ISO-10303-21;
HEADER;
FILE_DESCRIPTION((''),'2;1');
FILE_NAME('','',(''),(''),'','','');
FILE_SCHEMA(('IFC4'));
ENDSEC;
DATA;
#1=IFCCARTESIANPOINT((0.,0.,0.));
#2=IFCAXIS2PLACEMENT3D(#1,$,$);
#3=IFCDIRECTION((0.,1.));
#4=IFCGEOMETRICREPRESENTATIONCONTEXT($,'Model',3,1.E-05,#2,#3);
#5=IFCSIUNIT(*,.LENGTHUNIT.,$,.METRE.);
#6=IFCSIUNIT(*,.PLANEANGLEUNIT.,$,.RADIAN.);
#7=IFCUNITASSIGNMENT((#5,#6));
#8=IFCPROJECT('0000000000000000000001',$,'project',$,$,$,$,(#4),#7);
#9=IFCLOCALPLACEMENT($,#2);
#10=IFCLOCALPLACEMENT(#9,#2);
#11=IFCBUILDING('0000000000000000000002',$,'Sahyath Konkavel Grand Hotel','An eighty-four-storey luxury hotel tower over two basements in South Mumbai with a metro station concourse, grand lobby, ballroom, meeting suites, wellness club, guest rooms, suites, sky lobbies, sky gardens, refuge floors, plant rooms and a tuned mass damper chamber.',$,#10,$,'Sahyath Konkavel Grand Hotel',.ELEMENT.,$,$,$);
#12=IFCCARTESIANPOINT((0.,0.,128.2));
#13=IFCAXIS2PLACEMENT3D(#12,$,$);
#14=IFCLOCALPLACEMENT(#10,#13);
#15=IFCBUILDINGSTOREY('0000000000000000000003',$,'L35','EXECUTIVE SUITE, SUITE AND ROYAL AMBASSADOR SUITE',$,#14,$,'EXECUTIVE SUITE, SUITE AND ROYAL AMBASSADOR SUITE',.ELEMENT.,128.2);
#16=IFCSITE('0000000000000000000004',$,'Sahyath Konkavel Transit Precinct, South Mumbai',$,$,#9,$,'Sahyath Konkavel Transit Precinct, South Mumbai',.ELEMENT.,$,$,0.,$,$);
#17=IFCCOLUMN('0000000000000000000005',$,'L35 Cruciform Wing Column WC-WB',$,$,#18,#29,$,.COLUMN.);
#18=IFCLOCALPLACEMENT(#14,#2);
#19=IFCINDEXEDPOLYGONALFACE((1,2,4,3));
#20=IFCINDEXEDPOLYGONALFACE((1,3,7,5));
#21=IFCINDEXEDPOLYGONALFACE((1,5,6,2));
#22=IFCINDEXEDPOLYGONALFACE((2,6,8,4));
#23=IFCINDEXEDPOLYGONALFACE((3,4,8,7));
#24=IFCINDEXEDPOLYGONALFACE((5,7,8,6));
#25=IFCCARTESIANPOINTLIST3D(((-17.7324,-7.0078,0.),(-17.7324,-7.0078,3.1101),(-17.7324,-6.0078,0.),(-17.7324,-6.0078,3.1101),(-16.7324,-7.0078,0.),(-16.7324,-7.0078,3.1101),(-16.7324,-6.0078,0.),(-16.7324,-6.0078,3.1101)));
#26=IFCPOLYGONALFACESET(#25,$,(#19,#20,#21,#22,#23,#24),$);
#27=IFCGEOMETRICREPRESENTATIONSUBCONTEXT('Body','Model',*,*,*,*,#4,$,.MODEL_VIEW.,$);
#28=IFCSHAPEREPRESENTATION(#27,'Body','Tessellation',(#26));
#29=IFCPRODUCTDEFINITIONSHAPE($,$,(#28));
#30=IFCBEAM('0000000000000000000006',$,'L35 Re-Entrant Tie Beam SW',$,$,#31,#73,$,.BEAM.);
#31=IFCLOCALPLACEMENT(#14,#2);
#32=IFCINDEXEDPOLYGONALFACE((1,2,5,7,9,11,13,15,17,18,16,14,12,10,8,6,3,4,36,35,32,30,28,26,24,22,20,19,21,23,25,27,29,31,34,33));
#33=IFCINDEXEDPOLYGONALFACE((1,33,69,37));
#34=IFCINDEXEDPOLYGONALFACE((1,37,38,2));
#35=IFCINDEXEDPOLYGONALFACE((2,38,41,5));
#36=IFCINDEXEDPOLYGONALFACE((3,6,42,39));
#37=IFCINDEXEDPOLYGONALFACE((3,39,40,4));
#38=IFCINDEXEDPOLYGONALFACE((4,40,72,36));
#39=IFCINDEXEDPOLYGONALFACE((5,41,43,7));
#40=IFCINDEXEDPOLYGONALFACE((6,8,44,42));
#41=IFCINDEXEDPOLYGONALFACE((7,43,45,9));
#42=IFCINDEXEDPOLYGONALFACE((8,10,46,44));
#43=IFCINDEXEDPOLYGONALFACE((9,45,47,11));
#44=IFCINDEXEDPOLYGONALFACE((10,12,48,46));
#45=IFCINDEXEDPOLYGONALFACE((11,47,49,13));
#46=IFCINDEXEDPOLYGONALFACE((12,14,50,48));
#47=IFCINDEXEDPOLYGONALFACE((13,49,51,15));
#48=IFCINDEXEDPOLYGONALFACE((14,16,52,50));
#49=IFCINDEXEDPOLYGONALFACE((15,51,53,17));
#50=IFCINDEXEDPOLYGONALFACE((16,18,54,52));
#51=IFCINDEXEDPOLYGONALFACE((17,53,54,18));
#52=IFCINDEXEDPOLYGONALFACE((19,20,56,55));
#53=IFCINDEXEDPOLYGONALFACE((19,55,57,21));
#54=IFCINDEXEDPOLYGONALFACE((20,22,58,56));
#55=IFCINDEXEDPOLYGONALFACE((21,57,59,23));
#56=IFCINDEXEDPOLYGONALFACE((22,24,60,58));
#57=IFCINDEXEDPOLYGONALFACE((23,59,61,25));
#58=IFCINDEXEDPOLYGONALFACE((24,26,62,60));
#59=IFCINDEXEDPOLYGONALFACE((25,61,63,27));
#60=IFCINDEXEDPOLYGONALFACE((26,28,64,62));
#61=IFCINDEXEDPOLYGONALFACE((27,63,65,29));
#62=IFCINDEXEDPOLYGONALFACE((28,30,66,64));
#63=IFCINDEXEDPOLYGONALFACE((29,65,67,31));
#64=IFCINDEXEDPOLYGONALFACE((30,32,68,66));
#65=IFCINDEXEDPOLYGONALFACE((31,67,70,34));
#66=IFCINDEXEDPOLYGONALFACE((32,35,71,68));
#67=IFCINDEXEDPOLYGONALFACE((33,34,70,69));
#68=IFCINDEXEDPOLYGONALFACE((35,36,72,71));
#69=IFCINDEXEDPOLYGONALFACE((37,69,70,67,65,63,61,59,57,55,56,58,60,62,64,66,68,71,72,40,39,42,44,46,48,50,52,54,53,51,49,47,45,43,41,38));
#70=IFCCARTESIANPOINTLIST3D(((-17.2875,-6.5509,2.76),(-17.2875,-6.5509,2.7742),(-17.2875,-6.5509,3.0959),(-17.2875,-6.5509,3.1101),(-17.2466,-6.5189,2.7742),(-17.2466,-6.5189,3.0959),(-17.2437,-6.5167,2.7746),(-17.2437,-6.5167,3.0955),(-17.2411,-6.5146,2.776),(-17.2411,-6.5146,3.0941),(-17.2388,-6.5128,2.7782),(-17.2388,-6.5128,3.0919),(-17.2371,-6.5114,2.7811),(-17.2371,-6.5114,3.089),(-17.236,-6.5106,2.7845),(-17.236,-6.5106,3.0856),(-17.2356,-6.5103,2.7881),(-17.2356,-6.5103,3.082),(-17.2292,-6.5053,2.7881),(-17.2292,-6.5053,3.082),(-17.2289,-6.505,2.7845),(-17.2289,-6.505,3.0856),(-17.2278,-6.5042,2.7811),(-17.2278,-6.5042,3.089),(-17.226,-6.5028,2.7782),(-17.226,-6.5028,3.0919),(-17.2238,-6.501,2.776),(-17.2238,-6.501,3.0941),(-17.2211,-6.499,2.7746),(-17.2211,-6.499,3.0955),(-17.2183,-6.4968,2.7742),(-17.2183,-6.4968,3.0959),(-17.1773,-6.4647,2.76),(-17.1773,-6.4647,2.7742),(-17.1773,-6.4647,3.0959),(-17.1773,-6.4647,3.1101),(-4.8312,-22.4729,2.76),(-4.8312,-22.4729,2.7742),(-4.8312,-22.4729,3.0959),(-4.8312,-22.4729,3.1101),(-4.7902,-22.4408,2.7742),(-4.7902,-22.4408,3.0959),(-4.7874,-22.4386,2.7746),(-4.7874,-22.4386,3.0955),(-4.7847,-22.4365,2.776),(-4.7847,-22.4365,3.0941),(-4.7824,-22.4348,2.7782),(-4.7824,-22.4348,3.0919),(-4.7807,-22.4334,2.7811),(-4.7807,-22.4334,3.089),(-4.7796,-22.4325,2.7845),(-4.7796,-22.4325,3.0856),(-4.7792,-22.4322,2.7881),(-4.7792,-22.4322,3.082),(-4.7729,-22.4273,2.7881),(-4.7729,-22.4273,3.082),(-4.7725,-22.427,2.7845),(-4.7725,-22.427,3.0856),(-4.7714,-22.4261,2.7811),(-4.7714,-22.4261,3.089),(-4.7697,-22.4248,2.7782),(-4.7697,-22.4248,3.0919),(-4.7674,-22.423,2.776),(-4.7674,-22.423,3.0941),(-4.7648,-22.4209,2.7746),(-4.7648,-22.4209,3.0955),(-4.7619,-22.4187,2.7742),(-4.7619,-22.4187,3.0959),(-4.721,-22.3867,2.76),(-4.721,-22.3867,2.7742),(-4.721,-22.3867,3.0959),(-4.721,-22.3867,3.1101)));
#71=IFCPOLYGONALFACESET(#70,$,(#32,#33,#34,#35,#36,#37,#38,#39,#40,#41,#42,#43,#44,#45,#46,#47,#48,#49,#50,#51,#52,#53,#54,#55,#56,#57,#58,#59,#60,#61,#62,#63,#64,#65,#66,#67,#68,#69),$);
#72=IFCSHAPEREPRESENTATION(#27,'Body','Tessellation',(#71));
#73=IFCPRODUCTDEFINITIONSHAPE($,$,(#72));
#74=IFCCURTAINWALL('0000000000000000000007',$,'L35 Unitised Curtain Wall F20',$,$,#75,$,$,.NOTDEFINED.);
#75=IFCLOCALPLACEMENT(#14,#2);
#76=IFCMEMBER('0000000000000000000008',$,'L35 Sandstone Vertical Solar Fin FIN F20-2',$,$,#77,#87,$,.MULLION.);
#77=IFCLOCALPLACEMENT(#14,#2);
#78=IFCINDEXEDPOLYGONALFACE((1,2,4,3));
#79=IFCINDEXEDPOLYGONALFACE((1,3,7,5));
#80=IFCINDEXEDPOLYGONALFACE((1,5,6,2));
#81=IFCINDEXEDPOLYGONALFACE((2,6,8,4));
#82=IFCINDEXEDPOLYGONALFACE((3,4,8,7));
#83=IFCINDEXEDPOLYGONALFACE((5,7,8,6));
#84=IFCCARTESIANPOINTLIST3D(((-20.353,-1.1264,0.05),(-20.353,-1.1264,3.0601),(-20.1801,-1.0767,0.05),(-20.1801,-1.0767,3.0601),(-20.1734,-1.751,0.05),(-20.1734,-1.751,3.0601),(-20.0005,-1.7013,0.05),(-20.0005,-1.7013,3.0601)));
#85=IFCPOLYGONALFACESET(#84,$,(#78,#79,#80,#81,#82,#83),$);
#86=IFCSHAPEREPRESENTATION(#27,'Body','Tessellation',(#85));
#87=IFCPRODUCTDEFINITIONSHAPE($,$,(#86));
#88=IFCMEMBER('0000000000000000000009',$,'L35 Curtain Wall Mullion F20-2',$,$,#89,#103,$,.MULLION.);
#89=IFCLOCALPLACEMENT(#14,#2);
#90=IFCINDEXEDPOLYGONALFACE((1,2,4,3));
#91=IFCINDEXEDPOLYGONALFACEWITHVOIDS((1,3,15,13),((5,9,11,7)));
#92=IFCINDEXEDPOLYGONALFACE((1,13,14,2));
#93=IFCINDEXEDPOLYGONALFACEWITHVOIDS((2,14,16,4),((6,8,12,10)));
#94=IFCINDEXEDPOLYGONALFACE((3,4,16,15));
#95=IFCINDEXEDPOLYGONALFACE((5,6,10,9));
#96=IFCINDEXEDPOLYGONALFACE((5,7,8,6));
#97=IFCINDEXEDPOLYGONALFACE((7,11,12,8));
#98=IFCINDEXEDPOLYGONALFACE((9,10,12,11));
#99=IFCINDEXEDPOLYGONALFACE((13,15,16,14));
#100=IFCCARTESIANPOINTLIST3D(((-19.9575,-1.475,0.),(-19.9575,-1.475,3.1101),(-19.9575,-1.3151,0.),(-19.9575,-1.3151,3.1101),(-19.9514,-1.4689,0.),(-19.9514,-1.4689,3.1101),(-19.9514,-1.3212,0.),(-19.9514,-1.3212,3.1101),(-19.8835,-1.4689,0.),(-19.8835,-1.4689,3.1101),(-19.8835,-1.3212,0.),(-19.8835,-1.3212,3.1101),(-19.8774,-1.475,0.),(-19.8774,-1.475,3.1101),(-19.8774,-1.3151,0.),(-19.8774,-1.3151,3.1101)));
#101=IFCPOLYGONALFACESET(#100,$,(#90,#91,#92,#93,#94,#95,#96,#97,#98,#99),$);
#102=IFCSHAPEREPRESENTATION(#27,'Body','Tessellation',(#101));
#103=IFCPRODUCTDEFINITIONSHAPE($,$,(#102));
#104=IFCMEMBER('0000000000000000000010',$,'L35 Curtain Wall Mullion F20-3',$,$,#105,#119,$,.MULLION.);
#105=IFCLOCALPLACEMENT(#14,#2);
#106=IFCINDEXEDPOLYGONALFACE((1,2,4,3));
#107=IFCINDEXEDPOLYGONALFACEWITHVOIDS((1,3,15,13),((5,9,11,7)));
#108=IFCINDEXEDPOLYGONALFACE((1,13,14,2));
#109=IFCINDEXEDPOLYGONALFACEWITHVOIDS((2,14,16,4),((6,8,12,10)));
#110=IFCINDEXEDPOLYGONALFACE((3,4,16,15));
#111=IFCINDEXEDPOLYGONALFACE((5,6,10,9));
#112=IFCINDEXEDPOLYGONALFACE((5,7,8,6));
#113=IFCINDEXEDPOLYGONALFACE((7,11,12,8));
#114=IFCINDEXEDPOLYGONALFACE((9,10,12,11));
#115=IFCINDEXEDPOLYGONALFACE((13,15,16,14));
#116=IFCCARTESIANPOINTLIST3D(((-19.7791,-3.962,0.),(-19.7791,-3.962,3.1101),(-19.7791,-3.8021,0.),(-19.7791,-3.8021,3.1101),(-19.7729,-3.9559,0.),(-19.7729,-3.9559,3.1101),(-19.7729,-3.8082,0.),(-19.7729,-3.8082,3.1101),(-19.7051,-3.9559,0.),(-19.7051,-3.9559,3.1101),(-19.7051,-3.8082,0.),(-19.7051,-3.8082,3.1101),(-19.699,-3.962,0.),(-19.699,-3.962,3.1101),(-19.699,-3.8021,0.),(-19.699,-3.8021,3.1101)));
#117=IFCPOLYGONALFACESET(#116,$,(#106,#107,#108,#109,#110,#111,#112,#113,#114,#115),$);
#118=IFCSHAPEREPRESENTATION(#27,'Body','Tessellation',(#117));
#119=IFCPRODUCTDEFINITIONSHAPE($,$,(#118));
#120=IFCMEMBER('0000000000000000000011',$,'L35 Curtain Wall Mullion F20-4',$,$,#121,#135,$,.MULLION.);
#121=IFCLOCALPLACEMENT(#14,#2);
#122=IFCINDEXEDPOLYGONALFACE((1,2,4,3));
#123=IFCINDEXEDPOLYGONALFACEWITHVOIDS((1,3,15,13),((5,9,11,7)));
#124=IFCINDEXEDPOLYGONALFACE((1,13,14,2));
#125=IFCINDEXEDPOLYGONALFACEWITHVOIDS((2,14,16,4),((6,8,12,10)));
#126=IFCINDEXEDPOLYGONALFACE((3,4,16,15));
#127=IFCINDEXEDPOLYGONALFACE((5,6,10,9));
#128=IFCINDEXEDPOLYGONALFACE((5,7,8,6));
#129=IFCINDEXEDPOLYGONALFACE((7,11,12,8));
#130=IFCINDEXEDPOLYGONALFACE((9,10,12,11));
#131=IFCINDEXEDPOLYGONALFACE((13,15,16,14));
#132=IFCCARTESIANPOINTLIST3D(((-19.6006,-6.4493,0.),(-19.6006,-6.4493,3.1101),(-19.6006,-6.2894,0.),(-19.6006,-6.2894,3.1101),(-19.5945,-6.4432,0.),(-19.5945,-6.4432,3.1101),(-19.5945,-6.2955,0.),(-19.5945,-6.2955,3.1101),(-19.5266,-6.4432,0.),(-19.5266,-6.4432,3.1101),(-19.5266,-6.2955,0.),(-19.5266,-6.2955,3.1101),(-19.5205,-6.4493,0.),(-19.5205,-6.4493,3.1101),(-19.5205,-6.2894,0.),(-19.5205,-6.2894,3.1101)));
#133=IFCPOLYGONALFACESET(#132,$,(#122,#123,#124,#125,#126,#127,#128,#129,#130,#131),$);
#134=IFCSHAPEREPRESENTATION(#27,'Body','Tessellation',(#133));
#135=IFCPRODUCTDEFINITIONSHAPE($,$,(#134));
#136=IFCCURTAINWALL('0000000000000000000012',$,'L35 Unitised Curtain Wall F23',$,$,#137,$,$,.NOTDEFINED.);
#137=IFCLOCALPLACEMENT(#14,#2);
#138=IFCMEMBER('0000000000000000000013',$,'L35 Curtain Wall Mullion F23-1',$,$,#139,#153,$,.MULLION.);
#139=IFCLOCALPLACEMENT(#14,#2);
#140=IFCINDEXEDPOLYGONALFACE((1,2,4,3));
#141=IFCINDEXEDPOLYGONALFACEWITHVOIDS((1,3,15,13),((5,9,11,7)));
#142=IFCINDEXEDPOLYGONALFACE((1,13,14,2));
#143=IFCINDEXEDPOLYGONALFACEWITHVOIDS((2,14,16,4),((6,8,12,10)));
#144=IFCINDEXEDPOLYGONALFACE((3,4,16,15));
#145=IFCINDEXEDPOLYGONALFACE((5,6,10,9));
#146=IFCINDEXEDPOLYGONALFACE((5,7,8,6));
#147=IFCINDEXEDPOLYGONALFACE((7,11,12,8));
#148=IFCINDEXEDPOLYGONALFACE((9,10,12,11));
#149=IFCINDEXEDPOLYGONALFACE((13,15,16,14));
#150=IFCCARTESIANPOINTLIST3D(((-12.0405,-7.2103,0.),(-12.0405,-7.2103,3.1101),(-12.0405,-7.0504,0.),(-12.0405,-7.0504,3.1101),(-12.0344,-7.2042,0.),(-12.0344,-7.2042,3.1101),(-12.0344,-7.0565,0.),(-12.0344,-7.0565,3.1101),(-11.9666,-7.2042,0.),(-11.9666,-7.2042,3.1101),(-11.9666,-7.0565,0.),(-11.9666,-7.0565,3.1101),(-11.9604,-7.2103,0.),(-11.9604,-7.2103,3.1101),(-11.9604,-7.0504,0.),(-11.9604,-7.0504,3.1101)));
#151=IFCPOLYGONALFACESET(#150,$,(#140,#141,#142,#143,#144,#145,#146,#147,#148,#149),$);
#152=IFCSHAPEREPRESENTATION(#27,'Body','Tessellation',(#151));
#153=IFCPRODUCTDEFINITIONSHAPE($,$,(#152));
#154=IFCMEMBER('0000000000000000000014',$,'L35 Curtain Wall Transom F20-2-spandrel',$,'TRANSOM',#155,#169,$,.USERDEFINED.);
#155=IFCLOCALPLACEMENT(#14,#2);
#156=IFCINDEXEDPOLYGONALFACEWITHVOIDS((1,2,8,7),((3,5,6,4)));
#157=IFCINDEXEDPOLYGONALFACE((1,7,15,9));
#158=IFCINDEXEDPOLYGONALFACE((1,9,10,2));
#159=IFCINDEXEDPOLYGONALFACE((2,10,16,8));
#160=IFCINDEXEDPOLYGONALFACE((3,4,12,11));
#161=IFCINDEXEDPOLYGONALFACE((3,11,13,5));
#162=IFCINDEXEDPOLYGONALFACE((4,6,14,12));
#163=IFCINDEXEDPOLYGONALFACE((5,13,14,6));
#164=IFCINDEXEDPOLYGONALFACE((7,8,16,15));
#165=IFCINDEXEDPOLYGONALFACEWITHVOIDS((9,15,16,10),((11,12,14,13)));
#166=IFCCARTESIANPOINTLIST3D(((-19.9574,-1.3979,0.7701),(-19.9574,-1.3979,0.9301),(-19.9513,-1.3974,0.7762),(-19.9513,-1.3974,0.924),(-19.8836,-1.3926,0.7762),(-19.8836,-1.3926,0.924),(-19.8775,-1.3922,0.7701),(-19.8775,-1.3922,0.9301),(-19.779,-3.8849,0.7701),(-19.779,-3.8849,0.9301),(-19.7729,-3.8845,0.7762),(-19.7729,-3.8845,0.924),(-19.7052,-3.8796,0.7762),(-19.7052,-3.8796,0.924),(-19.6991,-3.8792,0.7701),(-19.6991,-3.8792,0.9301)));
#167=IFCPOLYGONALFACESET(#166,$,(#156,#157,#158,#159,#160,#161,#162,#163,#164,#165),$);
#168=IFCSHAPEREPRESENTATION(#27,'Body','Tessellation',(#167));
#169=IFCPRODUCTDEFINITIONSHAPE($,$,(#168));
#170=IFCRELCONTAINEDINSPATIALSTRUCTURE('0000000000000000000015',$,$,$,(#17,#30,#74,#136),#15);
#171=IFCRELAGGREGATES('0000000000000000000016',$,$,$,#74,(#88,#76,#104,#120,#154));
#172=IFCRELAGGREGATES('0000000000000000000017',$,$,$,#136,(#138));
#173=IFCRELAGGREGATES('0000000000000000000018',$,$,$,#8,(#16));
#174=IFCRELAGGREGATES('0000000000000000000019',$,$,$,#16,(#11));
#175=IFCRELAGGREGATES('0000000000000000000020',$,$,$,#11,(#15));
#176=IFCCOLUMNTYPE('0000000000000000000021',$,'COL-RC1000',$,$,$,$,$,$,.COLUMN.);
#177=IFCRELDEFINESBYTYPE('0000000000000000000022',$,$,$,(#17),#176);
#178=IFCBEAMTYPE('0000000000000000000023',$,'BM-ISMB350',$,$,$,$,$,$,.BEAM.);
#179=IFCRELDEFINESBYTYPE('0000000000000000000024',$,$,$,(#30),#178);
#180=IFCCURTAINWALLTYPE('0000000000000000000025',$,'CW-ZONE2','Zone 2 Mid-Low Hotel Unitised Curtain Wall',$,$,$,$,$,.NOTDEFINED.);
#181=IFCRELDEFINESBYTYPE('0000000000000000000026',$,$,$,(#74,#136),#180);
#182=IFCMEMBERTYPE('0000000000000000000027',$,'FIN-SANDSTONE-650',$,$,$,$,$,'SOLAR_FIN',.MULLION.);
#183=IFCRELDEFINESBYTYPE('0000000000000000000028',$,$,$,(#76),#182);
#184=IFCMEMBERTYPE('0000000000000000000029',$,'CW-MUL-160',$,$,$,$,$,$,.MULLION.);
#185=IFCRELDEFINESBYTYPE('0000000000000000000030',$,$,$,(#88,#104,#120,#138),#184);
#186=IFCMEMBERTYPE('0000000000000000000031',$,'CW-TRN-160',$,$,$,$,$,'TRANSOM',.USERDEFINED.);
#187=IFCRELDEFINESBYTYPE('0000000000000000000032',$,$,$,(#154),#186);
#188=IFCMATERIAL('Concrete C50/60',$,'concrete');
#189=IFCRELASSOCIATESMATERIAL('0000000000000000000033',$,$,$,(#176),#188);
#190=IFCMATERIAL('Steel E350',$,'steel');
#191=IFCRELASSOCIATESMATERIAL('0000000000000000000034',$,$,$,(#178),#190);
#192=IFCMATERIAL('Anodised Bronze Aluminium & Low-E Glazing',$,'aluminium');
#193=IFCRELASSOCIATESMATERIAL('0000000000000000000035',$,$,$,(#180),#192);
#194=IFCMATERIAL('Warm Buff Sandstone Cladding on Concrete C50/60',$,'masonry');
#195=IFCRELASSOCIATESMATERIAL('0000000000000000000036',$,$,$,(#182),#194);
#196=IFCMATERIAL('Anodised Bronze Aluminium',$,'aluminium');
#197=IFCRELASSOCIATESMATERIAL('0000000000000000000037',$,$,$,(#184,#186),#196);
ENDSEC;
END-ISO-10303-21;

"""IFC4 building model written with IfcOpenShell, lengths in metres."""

from ifc_helpers import new_model, si_unit, direction, frame, origin, origin_2d, place, context, subcontext, project, spatial, rectangle, hollow_rectangle, i_section, extrude, source, transform, mapped, material, material_profile, profile_set, type_object, element, aggregate, save


model = new_model("IFC4")

# Units and contexts
model_context = context("Model", 3, precision=1e-05, world=origin(), true_north=direction((0.0, 1.0)))
body_context = subcontext(model_context, "Body", "Model", "MODEL_VIEW")
ifc_project = project(units=[si_unit("LENGTHUNIT", "METRE"), si_unit("PLANEANGLEUNIT", "RADIAN")], contexts=[model_context])

# Site, building, storey
site_placement = place(None, origin())
site = spatial("IfcSite", under=ifc_project, at=site_placement, Name="Sahyath Konkavel Transit Precinct, South Mumbai", LongName="Sahyath Konkavel Transit Precinct, South Mumbai", CompositionType="ELEMENT", RefElevation=0.0)
building_placement = place(site_placement, origin())
building = spatial("IfcBuilding", under=site, at=building_placement, Name="Sahyath Konkavel Grand Hotel", Description="An eighty-four-storey luxury hotel tower over two basements in South Mumbai with a metro station concourse, grand lobby, ballroom, meeting suites, wellness club, guest rooms, suites, sky lobbies, sky gardens, refuge floors, plant rooms and a tuned mass damper chamber.", LongName="Sahyath Konkavel Grand Hotel", CompositionType="ELEMENT")
storey_placement = place(building_placement, frame((0.0, 0.0, 128.2)))
storey = spatial("IfcBuildingStorey", under=building, at=storey_placement, Name="L35", Description="EXECUTIVE SUITE, SUITE AND ROYAL AMBASSADOR SUITE", LongName="EXECUTIVE SUITE, SUITE AND ROYAL AMBASSADOR SUITE", CompositionType="ELEMENT", Elevation=128.2)

# Column
ifc_material_1 = material(Name="Concrete C50/60", Category="concrete")
ifc_material_profile_1 = material_profile(ifc_material_1, rectangle(XDim=1.0, YDim=1.0, at=origin_2d()), Name="RC 1000x1000")
ifc_profile_set_1 = profile_set([ifc_material_profile_1], Name="Concrete C50/60")
column_type = type_object("IfcColumnType", Name="COL-RC1000", PredefinedType="COLUMN", material=ifc_profile_set_1)
shared_shape_1 = source(origin(), body_context, "Body", "SweptSolid", [
    extrude(rectangle(XDim=1.0, YDim=1.0, at=origin_2d()), origin(), (0.0, 0.0, 1.0), 3.1101),
])
column_placement = place(storey_placement, frame((-17.2324, -6.5078, 0.0), z_axis=(0.0, 0.0, 1.0), x_axis=(1.0, 0.0, 0.0)))
element("IfcColumn", 1, at=column_placement, inside=storey, type_object=column_type, Name="L35 Cruciform Wing Column WC-WB", PredefinedType="COLUMN", context=body_context, shape_type="MappedRepresentation", body=[
    mapped(shared_shape_1, transform((0.0, 0.0, 0.0), scale=1.0)),
])

# Beam
ifc_material_2 = material(Name="Steel E350", Category="steel")
ifc_material_profile_2 = material_profile(ifc_material_2, i_section(OverallWidth=0.1399, OverallDepth=0.3501, WebThickness=0.0081, FlangeThickness=0.0142, FilletRadius=0.0139, at=origin_2d()), Name="ISMB 350")
ifc_profile_set_2 = profile_set([ifc_material_profile_2], Name="Steel E350")
beam_type_1 = type_object("IfcBeamType", Name="BM-ISMB350", PredefinedType="BEAM", material=ifc_profile_set_2)
shared_shape_2 = source(origin(), body_context, "Body", "SweptSolid", [
    extrude(i_section(OverallWidth=0.1399, OverallDepth=0.3501, WebThickness=0.0081, FlangeThickness=0.0142, FilletRadius=0.0139, at=origin_2d()), origin(), (0.0, 0.0, 1.0), 20.2156),
])
beam_1_placement = place(storey_placement, frame((-17.2324, -6.5078, 2.9351), z_axis=(0.616176, -0.787608, 0.0), x_axis=(0.787608, 0.616176, 0.0)))
element("IfcBeam", 2, at=beam_1_placement, inside=storey, type_object=beam_type_1, Name="L35 Re-Entrant Tie Beam SW", PredefinedType="BEAM", context=body_context, shape_type="MappedRepresentation", body=[
    mapped(shared_shape_2, transform((0.0, 0.0, 0.0), scale=1.0)),
])

# Curtain wall, members
ifc_material_3 = material(Name="Anodised Bronze Aluminium & Low-E Glazing", Category="aluminium")
curtain_wall_type = type_object("IfcCurtainWallType", Name="CW-ZONE2", Description="Zone 2 Mid-Low Hotel Unitised Curtain Wall", PredefinedType="NOTDEFINED", material=ifc_material_3)
curtain_wall_1_placement = place(storey_placement, origin())
curtain_wall_1 = element("IfcCurtainWall", 3, at=curtain_wall_1_placement, inside=storey, type_object=curtain_wall_type, Name="L35 Unitised Curtain Wall F20", PredefinedType="NOTDEFINED")
ifc_material_4 = material(Name="Warm Buff Sandstone Cladding on Concrete C50/60", Category="masonry")
ifc_material_profile_3 = material_profile(ifc_material_4, rectangle(XDim=0.1799, YDim=0.6499, at=origin_2d()), Name="FIN 180x650")
ifc_profile_set_3 = profile_set([ifc_material_profile_3], Name="Warm Buff Sandstone Cladding on Concrete C50/60")
member_type_1 = type_object("IfcMemberType", Name="FIN-SANDSTONE-650", ElementType="SOLAR_FIN", PredefinedType="MULLION", material=ifc_profile_set_3)
shared_shape_3 = source(origin(), body_context, "Body", "SweptSolid", [
    extrude(rectangle(XDim=0.1799, YDim=0.6499, at=origin_2d()), origin(), (0.0, 0.0, 1.0), 3.01),
])
member_1_placement = place(storey_placement, frame((-20.1768, -1.4138, 0.05), z_axis=(0.0, 0.0, 1.0), x_axis=(0.961069, 0.276308, 0.0)))
member_1 = element("IfcMember", 4, at=member_1_placement, type_object=member_type_1, Name="L35 Sandstone Vertical Solar Fin FIN F20-2", PredefinedType="MULLION", context=body_context, shape_type="MappedRepresentation", body=[
    mapped(shared_shape_3, transform((0.0, 0.0, 0.0), scale=1.0)),
])
ifc_material_5 = material(Name="Anodised Bronze Aluminium", Category="aluminium")
ifc_material_profile_4 = material_profile(ifc_material_5, hollow_rectangle(XDim=0.0801, YDim=0.1599, WallThickness=0.0061, at=origin_2d()), Name="RHS 160x80x6")
ifc_profile_set_4 = profile_set([ifc_material_profile_4], Name="Anodised Bronze Aluminium")
member_type_2 = type_object("IfcMemberType", Name="CW-MUL-160", PredefinedType="MULLION", material=ifc_profile_set_4)
shared_shape_4 = source(origin(), body_context, "Body", "SweptSolid", [
    extrude(hollow_rectangle(XDim=0.0801, YDim=0.1599, WallThickness=0.0061, at=origin_2d()), origin(), (0.0, 0.0, 1.0), 3.1101),
])
member_2_placement = place(storey_placement, frame((-19.9175, -1.395, 0.0), z_axis=(0.0, 0.0, 1.0), x_axis=(1.0, 0.0, 0.0)))
member_2 = element("IfcMember", 5, at=member_2_placement, type_object=member_type_2, Name="L35 Curtain Wall Mullion F20-2", PredefinedType="MULLION", context=body_context, shape_type="MappedRepresentation", body=[
    mapped(shared_shape_4, transform((0.0, 0.0, 0.0), scale=1.0)),
])
member_3_placement = place(storey_placement, frame((-19.739, -3.8821, 0.0), z_axis=(0.0, 0.0, 1.0), x_axis=(1.0, 0.0, 0.0)))
member_3 = element("IfcMember", 6, at=member_3_placement, type_object=member_type_2, Name="L35 Curtain Wall Mullion F20-3", PredefinedType="MULLION", context=body_context, shape_type="MappedRepresentation", body=[
    mapped(shared_shape_4, transform((0.0, 0.0, 0.0), scale=1.0)),
])
member_4_placement = place(storey_placement, frame((-19.5605, -6.3694, 0.0), z_axis=(0.0, 0.0, 1.0), x_axis=(1.0, 0.0, 0.0)))
member_4 = element("IfcMember", 7, at=member_4_placement, type_object=member_type_2, Name="L35 Curtain Wall Mullion F20-4", PredefinedType="MULLION", context=body_context, shape_type="MappedRepresentation", body=[
    mapped(shared_shape_4, transform((0.0, 0.0, 0.0), scale=1.0)),
])

# Curtain wall, member
curtain_wall_2_placement = place(storey_placement, origin())
curtain_wall_2 = element("IfcCurtainWall", 8, at=curtain_wall_2_placement, inside=storey, type_object=curtain_wall_type, Name="L35 Unitised Curtain Wall F23", PredefinedType="NOTDEFINED")
member_5_placement = place(storey_placement, frame((-12.0005, -7.1304, 0.0), z_axis=(0.0, 0.0, 1.0), x_axis=(1.0, 0.0, 0.0)))
member_5 = element("IfcMember", 9, at=member_5_placement, type_object=member_type_2, Name="L35 Curtain Wall Mullion F23-1", PredefinedType="MULLION", context=body_context, shape_type="MappedRepresentation", body=[
    mapped(shared_shape_4, transform((0.0, 0.0, 0.0), scale=1.0)),
])

# Member
ifc_material_profile_5 = material_profile(ifc_material_5, hollow_rectangle(XDim=0.0801, YDim=0.1599, WallThickness=0.0061, at=origin_2d()), Name="RHS 160x80x6")
ifc_profile_set_5 = profile_set([ifc_material_profile_5], Name="Anodised Bronze Aluminium")
member_type_3 = type_object("IfcMemberType", Name="CW-TRN-160", ElementType="TRANSOM", PredefinedType="USERDEFINED", material=ifc_profile_set_5)
shared_shape_5 = source(origin(), body_context, "Body", "SweptSolid", [
    extrude(hollow_rectangle(XDim=0.0801, YDim=0.1599, WallThickness=0.0061, at=origin_2d()), origin(), (0.0, 0.0, 1.0), 2.4934),
])
member_6_placement = place(storey_placement, frame((-19.9175, -1.395, 0.8501), z_axis=(0.071574, -0.997435, 0.0), x_axis=(0.997435, 0.071574, 0.0)))
member_6 = element("IfcMember", 10, at=member_6_placement, type_object=member_type_3, Name="L35 Curtain Wall Transom F20-2-spandrel", ObjectType="TRANSOM", PredefinedType="USERDEFINED", context=body_context, shape_type="MappedRepresentation", body=[
    mapped(shared_shape_5, transform((0.0, 0.0, 0.0), scale=1.0)),
])

aggregate(curtain_wall_1, [member_2, member_1, member_3, member_4, member_6])
aggregate(curtain_wall_2, [member_5])

save(model, "model.ifc")
